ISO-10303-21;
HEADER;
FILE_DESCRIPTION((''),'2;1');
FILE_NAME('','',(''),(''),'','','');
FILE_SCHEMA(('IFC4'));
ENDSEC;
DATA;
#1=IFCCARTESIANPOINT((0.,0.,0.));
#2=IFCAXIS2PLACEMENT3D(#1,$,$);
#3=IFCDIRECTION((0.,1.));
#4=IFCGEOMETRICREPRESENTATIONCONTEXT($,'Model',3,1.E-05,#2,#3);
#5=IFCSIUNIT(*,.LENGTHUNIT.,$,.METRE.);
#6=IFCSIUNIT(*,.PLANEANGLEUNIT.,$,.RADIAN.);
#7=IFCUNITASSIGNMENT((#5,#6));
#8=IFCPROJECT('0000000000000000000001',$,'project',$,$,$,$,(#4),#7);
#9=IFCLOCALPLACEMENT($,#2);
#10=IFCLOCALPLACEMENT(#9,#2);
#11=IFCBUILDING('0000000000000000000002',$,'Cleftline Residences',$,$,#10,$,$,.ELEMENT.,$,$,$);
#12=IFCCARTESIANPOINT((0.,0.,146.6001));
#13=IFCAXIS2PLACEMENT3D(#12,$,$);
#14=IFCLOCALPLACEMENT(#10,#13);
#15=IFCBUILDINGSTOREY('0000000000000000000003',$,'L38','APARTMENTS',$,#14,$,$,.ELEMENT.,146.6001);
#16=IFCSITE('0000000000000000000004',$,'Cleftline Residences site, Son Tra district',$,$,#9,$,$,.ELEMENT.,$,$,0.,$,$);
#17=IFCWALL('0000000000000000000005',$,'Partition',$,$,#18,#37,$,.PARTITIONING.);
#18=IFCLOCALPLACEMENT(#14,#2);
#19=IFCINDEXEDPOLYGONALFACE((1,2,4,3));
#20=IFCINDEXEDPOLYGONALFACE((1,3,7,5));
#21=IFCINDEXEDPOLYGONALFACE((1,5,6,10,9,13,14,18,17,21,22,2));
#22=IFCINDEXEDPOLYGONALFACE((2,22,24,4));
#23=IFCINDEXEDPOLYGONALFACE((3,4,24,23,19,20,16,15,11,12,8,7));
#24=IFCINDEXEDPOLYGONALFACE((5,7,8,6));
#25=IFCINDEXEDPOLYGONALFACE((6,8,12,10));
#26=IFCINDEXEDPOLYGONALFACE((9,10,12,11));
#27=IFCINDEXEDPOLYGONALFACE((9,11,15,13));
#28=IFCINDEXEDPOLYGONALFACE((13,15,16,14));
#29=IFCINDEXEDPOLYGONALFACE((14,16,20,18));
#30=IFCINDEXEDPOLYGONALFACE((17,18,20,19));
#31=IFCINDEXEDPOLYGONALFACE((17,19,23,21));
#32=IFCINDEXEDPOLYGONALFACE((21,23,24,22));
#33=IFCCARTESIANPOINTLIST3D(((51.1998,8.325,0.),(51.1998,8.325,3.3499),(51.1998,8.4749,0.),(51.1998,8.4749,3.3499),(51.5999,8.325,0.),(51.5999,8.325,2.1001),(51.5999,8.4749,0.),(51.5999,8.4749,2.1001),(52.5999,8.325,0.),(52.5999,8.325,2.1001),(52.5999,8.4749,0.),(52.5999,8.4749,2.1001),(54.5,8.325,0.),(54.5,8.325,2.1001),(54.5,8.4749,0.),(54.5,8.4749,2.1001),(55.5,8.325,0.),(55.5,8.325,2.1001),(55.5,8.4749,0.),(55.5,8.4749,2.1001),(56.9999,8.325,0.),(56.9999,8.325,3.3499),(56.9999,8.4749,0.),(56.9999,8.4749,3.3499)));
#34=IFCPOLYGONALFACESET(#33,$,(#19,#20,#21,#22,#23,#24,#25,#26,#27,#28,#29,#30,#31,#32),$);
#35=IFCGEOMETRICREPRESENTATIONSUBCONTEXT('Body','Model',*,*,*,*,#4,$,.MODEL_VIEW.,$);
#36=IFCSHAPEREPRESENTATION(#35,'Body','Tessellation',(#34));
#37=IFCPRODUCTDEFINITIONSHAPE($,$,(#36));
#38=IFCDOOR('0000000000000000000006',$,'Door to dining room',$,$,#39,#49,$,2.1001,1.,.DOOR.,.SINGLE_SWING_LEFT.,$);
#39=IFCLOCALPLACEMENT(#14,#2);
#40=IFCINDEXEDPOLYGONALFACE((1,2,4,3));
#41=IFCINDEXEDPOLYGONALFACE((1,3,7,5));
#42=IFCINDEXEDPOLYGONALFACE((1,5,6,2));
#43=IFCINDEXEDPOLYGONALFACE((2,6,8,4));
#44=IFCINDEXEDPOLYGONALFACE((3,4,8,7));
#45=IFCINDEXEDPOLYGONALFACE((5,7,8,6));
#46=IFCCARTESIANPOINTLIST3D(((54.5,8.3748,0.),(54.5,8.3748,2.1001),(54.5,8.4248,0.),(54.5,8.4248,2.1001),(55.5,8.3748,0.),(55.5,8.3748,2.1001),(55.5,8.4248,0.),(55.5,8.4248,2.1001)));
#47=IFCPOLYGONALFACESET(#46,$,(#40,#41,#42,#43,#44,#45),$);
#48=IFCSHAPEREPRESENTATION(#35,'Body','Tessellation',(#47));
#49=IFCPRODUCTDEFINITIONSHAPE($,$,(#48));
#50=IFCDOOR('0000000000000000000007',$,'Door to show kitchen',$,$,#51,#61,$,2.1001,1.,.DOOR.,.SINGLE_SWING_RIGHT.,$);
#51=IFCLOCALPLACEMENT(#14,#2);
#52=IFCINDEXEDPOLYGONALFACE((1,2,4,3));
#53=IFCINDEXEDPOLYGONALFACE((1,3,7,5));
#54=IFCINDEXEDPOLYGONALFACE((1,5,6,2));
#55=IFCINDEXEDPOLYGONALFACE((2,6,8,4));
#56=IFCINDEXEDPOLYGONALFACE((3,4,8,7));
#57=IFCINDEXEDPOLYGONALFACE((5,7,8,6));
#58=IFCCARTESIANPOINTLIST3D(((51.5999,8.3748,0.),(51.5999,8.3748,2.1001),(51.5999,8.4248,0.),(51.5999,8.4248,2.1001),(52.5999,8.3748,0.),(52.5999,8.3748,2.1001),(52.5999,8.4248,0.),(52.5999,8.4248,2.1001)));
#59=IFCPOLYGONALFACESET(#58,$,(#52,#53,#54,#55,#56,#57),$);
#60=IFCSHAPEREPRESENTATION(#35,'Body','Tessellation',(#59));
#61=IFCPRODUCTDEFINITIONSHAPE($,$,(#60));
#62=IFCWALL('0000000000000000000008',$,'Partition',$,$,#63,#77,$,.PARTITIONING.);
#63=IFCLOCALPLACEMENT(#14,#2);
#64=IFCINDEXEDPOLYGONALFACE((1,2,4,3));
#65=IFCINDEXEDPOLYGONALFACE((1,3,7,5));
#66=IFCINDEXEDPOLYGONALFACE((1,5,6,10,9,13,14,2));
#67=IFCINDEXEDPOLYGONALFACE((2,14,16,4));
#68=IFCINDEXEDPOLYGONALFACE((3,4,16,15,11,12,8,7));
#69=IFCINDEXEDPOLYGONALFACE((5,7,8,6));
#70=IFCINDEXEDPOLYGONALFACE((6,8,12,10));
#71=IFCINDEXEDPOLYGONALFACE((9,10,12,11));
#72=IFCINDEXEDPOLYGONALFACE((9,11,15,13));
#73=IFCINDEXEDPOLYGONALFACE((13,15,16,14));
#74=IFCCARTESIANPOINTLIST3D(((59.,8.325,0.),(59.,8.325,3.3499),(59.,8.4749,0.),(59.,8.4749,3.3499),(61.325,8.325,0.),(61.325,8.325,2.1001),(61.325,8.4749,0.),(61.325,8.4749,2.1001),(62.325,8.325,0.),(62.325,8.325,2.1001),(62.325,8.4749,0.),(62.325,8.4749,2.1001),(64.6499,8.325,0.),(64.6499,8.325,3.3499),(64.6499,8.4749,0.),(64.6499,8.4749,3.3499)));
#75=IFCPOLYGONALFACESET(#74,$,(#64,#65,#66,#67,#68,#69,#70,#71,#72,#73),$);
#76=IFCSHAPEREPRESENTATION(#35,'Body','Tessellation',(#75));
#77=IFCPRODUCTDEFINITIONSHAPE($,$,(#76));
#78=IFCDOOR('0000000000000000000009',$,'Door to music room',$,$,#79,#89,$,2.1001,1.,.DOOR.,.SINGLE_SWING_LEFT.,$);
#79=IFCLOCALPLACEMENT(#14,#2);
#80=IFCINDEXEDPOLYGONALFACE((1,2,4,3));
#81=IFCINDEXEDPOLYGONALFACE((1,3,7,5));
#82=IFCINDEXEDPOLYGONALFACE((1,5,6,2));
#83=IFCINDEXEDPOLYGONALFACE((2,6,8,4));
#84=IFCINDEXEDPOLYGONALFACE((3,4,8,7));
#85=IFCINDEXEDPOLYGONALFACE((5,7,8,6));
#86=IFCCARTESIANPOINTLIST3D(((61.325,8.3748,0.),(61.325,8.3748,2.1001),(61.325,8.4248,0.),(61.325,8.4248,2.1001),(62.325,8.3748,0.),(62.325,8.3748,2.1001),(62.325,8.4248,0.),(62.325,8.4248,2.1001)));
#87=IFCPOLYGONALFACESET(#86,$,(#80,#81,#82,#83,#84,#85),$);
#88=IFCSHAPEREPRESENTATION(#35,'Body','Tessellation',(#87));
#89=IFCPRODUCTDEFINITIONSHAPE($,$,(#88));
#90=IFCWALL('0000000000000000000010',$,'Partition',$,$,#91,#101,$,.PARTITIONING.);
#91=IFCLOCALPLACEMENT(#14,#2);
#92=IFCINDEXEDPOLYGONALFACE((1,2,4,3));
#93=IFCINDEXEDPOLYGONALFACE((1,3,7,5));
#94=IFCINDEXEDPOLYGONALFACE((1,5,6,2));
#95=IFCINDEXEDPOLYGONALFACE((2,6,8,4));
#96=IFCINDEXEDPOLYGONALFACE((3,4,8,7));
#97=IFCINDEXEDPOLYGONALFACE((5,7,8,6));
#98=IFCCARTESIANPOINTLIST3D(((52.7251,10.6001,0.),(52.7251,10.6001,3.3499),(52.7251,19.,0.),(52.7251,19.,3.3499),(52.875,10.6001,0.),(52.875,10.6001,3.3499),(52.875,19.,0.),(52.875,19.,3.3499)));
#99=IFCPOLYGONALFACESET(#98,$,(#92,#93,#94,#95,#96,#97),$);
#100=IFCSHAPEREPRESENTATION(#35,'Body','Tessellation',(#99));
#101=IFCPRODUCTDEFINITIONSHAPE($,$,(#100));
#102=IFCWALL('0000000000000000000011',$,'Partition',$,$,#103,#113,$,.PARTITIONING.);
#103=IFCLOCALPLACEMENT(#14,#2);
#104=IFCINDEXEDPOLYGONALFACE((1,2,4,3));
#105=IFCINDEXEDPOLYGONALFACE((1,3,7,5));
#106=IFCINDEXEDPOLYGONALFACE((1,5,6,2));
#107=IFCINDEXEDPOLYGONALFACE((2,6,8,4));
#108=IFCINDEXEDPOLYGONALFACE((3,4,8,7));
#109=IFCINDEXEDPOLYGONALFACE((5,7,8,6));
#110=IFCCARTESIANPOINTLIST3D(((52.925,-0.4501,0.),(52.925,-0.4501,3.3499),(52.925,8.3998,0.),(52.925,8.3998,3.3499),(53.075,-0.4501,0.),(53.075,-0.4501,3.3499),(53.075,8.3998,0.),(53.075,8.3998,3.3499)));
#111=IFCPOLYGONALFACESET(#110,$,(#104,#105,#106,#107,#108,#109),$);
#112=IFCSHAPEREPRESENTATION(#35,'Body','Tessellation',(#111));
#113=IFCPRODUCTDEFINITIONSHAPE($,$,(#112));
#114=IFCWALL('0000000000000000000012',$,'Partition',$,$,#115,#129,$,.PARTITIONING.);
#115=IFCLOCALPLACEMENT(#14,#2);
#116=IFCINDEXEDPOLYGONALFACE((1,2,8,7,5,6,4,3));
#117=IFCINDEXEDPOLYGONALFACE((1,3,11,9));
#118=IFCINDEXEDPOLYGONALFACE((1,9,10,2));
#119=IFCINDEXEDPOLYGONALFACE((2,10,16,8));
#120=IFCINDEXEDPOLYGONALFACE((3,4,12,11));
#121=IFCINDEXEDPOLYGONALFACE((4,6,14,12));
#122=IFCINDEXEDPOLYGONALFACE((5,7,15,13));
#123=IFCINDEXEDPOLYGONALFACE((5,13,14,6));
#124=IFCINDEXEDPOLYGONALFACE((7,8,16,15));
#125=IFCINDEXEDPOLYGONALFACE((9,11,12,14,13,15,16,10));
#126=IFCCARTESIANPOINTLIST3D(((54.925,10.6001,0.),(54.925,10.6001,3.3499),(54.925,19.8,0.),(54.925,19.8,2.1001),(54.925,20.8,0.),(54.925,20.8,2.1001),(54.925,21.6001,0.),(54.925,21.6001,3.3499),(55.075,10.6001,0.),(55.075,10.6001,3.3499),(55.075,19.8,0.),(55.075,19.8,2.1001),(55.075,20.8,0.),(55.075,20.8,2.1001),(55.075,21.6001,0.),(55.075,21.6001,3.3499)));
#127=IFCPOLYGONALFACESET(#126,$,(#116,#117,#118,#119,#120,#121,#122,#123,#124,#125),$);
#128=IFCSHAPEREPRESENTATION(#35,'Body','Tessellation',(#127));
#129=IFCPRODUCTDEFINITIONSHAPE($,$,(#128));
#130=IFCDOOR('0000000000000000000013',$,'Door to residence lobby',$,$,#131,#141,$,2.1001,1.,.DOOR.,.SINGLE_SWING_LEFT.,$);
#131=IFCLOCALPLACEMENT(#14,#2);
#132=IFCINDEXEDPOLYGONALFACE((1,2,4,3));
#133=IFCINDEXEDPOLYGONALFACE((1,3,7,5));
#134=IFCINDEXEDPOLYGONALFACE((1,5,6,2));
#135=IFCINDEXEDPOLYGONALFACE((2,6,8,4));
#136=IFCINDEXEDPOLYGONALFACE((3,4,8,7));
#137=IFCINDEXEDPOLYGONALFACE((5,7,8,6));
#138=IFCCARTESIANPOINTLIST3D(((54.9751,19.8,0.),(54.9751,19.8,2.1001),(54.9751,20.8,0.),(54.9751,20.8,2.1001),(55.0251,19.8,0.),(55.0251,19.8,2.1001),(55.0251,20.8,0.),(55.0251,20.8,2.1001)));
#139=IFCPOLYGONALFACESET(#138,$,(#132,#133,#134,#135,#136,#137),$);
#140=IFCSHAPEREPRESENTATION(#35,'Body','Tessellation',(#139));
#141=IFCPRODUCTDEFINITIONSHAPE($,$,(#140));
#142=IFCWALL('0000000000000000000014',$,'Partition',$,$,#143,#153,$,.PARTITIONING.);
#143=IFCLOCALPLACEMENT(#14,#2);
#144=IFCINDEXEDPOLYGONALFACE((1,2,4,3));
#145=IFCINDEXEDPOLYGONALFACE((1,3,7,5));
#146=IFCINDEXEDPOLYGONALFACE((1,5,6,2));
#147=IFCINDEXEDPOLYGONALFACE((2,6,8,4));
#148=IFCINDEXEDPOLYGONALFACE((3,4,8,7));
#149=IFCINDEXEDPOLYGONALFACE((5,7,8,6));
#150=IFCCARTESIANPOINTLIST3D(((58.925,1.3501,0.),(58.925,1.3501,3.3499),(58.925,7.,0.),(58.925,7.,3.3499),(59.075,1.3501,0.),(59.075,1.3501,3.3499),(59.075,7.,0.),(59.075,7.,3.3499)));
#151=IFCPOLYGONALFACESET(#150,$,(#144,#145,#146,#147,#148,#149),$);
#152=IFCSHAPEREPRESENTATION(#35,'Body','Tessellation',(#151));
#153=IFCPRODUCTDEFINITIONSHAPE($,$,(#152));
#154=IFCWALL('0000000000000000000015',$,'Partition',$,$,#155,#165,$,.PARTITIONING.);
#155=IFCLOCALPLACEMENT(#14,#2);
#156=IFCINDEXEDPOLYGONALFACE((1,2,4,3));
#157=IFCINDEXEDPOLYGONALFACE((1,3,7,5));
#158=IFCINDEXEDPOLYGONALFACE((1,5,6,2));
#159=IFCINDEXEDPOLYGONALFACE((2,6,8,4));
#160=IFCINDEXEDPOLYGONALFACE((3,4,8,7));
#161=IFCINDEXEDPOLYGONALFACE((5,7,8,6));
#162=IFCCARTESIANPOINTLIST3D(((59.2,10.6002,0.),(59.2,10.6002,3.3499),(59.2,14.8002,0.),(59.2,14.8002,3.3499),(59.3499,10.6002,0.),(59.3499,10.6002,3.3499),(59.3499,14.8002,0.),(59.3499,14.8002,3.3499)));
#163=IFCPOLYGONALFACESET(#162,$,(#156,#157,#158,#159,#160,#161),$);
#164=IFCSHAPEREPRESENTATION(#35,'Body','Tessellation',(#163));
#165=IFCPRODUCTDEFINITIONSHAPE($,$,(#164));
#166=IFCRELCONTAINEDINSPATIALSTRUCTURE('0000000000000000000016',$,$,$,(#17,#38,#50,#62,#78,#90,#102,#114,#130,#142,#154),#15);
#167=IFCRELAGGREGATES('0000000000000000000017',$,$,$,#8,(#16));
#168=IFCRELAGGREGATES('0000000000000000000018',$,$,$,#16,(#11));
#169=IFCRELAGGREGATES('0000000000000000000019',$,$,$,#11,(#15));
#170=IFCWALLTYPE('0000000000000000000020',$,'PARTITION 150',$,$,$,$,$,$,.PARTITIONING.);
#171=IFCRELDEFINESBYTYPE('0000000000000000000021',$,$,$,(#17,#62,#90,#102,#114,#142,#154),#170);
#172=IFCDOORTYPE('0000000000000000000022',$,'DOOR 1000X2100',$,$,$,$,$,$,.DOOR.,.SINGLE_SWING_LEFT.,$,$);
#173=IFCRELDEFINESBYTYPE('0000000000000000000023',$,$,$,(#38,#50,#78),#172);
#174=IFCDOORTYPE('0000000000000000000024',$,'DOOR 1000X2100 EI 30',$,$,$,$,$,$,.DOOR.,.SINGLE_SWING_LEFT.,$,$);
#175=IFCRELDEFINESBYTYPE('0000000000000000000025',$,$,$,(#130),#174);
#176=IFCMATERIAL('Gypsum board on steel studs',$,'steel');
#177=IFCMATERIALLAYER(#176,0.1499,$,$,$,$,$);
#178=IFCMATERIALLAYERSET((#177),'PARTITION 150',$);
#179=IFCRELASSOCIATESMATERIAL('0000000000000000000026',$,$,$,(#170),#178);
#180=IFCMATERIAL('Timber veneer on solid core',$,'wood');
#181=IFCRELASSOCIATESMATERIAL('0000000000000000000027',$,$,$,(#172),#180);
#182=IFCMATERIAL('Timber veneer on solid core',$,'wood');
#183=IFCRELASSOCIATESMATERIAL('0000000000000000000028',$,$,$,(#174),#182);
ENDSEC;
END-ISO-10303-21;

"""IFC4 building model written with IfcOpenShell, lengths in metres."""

from ifc_helpers import new_model, si_unit, direction, frame, frame_2d, origin, place, context, subcontext, project, spatial, rectangle, extrude, material, layer, layer_set, type_object, element, fill, save


model = new_model("IFC4")

# Units and contexts
model_context = context("Model", 3, precision=1e-05, world=origin(), true_north=direction((0.0, 1.0)))
body_context = subcontext(model_context, "Body", "Model", "MODEL_VIEW")
ifc_project = project(units=[si_unit("LENGTHUNIT", "METRE"), si_unit("PLANEANGLEUNIT", "RADIAN")], contexts=[model_context])

# Site, building, storey
site_placement = place(None, origin())
site = spatial("IfcSite", under=ifc_project, at=site_placement, Name="Cleftline Residences site, Son Tra district", CompositionType="ELEMENT", RefElevation=0.0)
building_placement = place(site_placement, origin())
building = spatial("IfcBuilding", under=site, at=building_placement, Name="Cleftline Residences", CompositionType="ELEMENT")
storey_placement = place(building_placement, frame((0.0, 0.0, 146.6001)))
storey = spatial("IfcBuildingStorey", under=building, at=storey_placement, Name="L38", Description="APARTMENTS", CompositionType="ELEMENT", Elevation=146.6001)

# Wall, openings, doors
ifc_material_1 = material(Name="Gypsum board on steel studs", Category="steel")
ifc_layer_1 = layer(ifc_material_1, 0.1499)
ifc_layer_set_1 = layer_set([ifc_layer_1], Name="PARTITION 150")
wall_type_1 = type_object("IfcWallType", Name="PARTITION 150", PredefinedType="PARTITIONING", material=ifc_layer_set_1)
wall_1_placement = place(storey_placement, frame((51.2, 8.3999, 0.0), z_axis=(0.0, 0.0, 1.0), x_axis=(1.0, 0.0, 0.0)))
wall_1 = element("IfcWall", 1, at=wall_1_placement, inside=storey, type_object=wall_type_1, Name="Partition", PredefinedType="PARTITIONING", context=body_context, shape_type="SweptSolid", body=[
    extrude(rectangle(XDim=5.8, YDim=0.1499, at=frame_2d((2.8999, 0.0))), origin(), (0.0, 0.0, 1.0), 3.3499),
])
opening_1_placement = place(wall_1_placement, frame((3.3, 0.0, 0.0)))
opening_1 = element("IfcOpeningElement", 2, at=opening_1_placement, cuts=wall_1, PredefinedType="OPENING", context=body_context, shape_type="SweptSolid", body=[
    extrude(rectangle(XDim=1.0, YDim=2.1001, at=frame_2d((0.5, 1.05))), frame((0.0, 0.085, 0.0), z_axis=(0.0, -1.0, 0.0), x_axis=(1.0, 0.0, 0.0)), (0.0, 0.0, 1.0), 0.1699),
])
opening_2_placement = place(wall_1_placement, frame((0.3999, 0.0, 0.0)))
opening_2 = element("IfcOpeningElement", 3, at=opening_2_placement, cuts=wall_1, PredefinedType="OPENING", context=body_context, shape_type="SweptSolid", body=[
    extrude(rectangle(XDim=1.0, YDim=2.1001, at=frame_2d((0.5, 1.05))), frame((0.0, 0.085, 0.0), z_axis=(0.0, -1.0, 0.0), x_axis=(1.0, 0.0, 0.0)), (0.0, 0.0, 1.0), 0.1699),
])
ifc_material_2 = material(Name="Timber veneer on solid core", Category="wood")
door_type_1 = type_object("IfcDoorType", Name="DOOR 1000X2100", OperationType="SINGLE_SWING_LEFT", PredefinedType="DOOR", material=ifc_material_2)
door_1_placement = place(opening_1_placement, origin())
door_1 = element("IfcDoor", 4, at=door_1_placement, inside=storey, type_object=door_type_1, Name="Door to dining room", OperationType="SINGLE_SWING_LEFT", OverallHeight=2.1001, OverallWidth=1.0, PredefinedType="DOOR", context=body_context, shape_type="SweptSolid", body=[
    extrude(rectangle(XDim=1.0, YDim=2.1001, at=frame_2d((0.5, 1.05))), frame((0.0, 0.0249, 0.0), z_axis=(0.0, -1.0, 0.0), x_axis=(1.0, 0.0, 0.0)), (0.0, 0.0, 1.0), 0.05),
])
fill(opening_1, door_1)
door_2_placement = place(opening_2_placement, origin())
door_2 = element("IfcDoor", 5, at=door_2_placement, inside=storey, type_object=door_type_1, Name="Door to show kitchen", OperationType="SINGLE_SWING_RIGHT", OverallHeight=2.1001, OverallWidth=1.0, PredefinedType="DOOR", context=body_context, shape_type="SweptSolid", body=[
    extrude(rectangle(XDim=1.0, YDim=2.1001, at=frame_2d((0.5, 1.05))), frame((0.0, 0.0249, 0.0), z_axis=(0.0, -1.0, 0.0), x_axis=(1.0, 0.0, 0.0)), (0.0, 0.0, 1.0), 0.05),
])
fill(opening_2, door_2)

# Wall, opening, door
wall_2_placement = place(storey_placement, frame((59.0, 8.3999, 0.0), z_axis=(0.0, 0.0, 1.0), x_axis=(1.0, 0.0, 0.0)))
wall_2 = element("IfcWall", 6, at=wall_2_placement, inside=storey, type_object=wall_type_1, Name="Partition", PredefinedType="PARTITIONING", context=body_context, shape_type="SweptSolid", body=[
    extrude(rectangle(XDim=5.6499, YDim=0.1499, at=frame_2d((2.825, 0.0))), origin(), (0.0, 0.0, 1.0), 3.3499),
])
opening_3_placement = place(wall_2_placement, frame((2.325, 0.0, 0.0)))
opening_3 = element("IfcOpeningElement", 7, at=opening_3_placement, cuts=wall_2, PredefinedType="OPENING", context=body_context, shape_type="SweptSolid", body=[
    extrude(rectangle(XDim=1.0, YDim=2.1001, at=frame_2d((0.5, 1.05))), frame((0.0, 0.085, 0.0), z_axis=(0.0, -1.0, 0.0), x_axis=(1.0, 0.0, 0.0)), (0.0, 0.0, 1.0), 0.1699),
])
door_3_placement = place(opening_3_placement, origin())
door_3 = element("IfcDoor", 8, at=door_3_placement, inside=storey, type_object=door_type_1, Name="Door to music room", OperationType="SINGLE_SWING_LEFT", OverallHeight=2.1001, OverallWidth=1.0, PredefinedType="DOOR", context=body_context, shape_type="SweptSolid", body=[
    extrude(rectangle(XDim=1.0, YDim=2.1001, at=frame_2d((0.5, 1.05))), frame((0.0, 0.0249, 0.0), z_axis=(0.0, -1.0, 0.0), x_axis=(1.0, 0.0, 0.0)), (0.0, 0.0, 1.0), 0.05),
])
fill(opening_3, door_3)

# Walls
wall_3_placement = place(storey_placement, frame((52.8, 10.6001, 0.0), z_axis=(0.0, 0.0, 1.0), x_axis=(0.0, 1.0, 0.0)))
element("IfcWall", 9, at=wall_3_placement, inside=storey, type_object=wall_type_1, Name="Partition", PredefinedType="PARTITIONING", context=body_context, shape_type="SweptSolid", body=[
    extrude(rectangle(XDim=8.3999, YDim=0.1499, at=frame_2d((4.2, 0.0))), origin(), (0.0, 0.0, 1.0), 3.3499),
])
wall_4_placement = place(storey_placement, frame((53.0, -0.45, 0.0), z_axis=(0.0, 0.0, 1.0), x_axis=(0.0, 1.0, 0.0)))
element("IfcWall", 10, at=wall_4_placement, inside=storey, type_object=wall_type_1, Name="Partition", PredefinedType="PARTITIONING", context=body_context, shape_type="SweptSolid", body=[
    extrude(rectangle(XDim=8.8499, YDim=0.1499, at=frame_2d((4.4248, 0.0))), origin(), (0.0, 0.0, 1.0), 3.3499),
])

# Wall, opening, door
wall_5_placement = place(storey_placement, frame((55.0, 10.6001, 0.0), z_axis=(0.0, 0.0, 1.0), x_axis=(0.0, 1.0, 0.0)))
wall_5 = element("IfcWall", 11, at=wall_5_placement, inside=storey, type_object=wall_type_1, Name="Partition", PredefinedType="PARTITIONING", context=body_context, shape_type="SweptSolid", body=[
    extrude(rectangle(XDim=11.0, YDim=0.1499, at=frame_2d((5.5, 0.0))), origin(), (0.0, 0.0, 1.0), 3.3499),
])
opening_4_placement = place(wall_5_placement, frame((9.2, 0.0, 0.0)))
opening_4 = element("IfcOpeningElement", 12, at=opening_4_placement, cuts=wall_5, PredefinedType="OPENING", context=body_context, shape_type="SweptSolid", body=[
    extrude(rectangle(XDim=1.0, YDim=2.1001, at=frame_2d((0.5, 1.05))), frame((0.0, 0.085, 0.0), z_axis=(0.0, -1.0, 0.0), x_axis=(1.0, 0.0, 0.0)), (0.0, 0.0, 1.0), 0.1699),
])
ifc_material_3 = material(Name="Timber veneer on solid core", Category="wood")
door_type_2 = type_object("IfcDoorType", Name="DOOR 1000X2100 EI 30", OperationType="SINGLE_SWING_LEFT", PredefinedType="DOOR", material=ifc_material_3)
door_4_placement = place(opening_4_placement, origin())
door_4 = element("IfcDoor", 13, at=door_4_placement, inside=storey, type_object=door_type_2, Name="Door to residence lobby", OperationType="SINGLE_SWING_LEFT", OverallHeight=2.1001, OverallWidth=1.0, PredefinedType="DOOR", context=body_context, shape_type="SweptSolid", body=[
    extrude(rectangle(XDim=1.0, YDim=2.1001, at=frame_2d((0.5, 1.05))), frame((0.0, 0.0249, 0.0), z_axis=(0.0, -1.0, 0.0), x_axis=(1.0, 0.0, 0.0)), (0.0, 0.0, 1.0), 0.05),
])
fill(opening_4, door_4)

# Walls
wall_6_placement = place(storey_placement, frame((59.0, 1.3501, 0.0), z_axis=(0.0, 0.0, 1.0), x_axis=(0.0, 1.0, 0.0)))
element("IfcWall", 14, at=wall_6_placement, inside=storey, type_object=wall_type_1, Name="Partition", PredefinedType="PARTITIONING", context=body_context, shape_type="SweptSolid", body=[
    extrude(rectangle(XDim=5.6499, YDim=0.1499, at=frame_2d((2.825, 0.0))), origin(), (0.0, 0.0, 1.0), 3.3499),
])
wall_7_placement = place(storey_placement, frame((59.2749, 10.6001, 0.0), z_axis=(0.0, 0.0, 1.0), x_axis=(0.0, 1.0, 0.0)))
element("IfcWall", 15, at=wall_7_placement, inside=storey, type_object=wall_type_1, Name="Partition", PredefinedType="PARTITIONING", context=body_context, shape_type="SweptSolid", body=[
    extrude(rectangle(XDim=4.2, YDim=0.1499, at=frame_2d((2.1001, 0.0))), origin(), (0.0, 0.0, 1.0), 3.3499),
])

save(model, "model.ifc")
